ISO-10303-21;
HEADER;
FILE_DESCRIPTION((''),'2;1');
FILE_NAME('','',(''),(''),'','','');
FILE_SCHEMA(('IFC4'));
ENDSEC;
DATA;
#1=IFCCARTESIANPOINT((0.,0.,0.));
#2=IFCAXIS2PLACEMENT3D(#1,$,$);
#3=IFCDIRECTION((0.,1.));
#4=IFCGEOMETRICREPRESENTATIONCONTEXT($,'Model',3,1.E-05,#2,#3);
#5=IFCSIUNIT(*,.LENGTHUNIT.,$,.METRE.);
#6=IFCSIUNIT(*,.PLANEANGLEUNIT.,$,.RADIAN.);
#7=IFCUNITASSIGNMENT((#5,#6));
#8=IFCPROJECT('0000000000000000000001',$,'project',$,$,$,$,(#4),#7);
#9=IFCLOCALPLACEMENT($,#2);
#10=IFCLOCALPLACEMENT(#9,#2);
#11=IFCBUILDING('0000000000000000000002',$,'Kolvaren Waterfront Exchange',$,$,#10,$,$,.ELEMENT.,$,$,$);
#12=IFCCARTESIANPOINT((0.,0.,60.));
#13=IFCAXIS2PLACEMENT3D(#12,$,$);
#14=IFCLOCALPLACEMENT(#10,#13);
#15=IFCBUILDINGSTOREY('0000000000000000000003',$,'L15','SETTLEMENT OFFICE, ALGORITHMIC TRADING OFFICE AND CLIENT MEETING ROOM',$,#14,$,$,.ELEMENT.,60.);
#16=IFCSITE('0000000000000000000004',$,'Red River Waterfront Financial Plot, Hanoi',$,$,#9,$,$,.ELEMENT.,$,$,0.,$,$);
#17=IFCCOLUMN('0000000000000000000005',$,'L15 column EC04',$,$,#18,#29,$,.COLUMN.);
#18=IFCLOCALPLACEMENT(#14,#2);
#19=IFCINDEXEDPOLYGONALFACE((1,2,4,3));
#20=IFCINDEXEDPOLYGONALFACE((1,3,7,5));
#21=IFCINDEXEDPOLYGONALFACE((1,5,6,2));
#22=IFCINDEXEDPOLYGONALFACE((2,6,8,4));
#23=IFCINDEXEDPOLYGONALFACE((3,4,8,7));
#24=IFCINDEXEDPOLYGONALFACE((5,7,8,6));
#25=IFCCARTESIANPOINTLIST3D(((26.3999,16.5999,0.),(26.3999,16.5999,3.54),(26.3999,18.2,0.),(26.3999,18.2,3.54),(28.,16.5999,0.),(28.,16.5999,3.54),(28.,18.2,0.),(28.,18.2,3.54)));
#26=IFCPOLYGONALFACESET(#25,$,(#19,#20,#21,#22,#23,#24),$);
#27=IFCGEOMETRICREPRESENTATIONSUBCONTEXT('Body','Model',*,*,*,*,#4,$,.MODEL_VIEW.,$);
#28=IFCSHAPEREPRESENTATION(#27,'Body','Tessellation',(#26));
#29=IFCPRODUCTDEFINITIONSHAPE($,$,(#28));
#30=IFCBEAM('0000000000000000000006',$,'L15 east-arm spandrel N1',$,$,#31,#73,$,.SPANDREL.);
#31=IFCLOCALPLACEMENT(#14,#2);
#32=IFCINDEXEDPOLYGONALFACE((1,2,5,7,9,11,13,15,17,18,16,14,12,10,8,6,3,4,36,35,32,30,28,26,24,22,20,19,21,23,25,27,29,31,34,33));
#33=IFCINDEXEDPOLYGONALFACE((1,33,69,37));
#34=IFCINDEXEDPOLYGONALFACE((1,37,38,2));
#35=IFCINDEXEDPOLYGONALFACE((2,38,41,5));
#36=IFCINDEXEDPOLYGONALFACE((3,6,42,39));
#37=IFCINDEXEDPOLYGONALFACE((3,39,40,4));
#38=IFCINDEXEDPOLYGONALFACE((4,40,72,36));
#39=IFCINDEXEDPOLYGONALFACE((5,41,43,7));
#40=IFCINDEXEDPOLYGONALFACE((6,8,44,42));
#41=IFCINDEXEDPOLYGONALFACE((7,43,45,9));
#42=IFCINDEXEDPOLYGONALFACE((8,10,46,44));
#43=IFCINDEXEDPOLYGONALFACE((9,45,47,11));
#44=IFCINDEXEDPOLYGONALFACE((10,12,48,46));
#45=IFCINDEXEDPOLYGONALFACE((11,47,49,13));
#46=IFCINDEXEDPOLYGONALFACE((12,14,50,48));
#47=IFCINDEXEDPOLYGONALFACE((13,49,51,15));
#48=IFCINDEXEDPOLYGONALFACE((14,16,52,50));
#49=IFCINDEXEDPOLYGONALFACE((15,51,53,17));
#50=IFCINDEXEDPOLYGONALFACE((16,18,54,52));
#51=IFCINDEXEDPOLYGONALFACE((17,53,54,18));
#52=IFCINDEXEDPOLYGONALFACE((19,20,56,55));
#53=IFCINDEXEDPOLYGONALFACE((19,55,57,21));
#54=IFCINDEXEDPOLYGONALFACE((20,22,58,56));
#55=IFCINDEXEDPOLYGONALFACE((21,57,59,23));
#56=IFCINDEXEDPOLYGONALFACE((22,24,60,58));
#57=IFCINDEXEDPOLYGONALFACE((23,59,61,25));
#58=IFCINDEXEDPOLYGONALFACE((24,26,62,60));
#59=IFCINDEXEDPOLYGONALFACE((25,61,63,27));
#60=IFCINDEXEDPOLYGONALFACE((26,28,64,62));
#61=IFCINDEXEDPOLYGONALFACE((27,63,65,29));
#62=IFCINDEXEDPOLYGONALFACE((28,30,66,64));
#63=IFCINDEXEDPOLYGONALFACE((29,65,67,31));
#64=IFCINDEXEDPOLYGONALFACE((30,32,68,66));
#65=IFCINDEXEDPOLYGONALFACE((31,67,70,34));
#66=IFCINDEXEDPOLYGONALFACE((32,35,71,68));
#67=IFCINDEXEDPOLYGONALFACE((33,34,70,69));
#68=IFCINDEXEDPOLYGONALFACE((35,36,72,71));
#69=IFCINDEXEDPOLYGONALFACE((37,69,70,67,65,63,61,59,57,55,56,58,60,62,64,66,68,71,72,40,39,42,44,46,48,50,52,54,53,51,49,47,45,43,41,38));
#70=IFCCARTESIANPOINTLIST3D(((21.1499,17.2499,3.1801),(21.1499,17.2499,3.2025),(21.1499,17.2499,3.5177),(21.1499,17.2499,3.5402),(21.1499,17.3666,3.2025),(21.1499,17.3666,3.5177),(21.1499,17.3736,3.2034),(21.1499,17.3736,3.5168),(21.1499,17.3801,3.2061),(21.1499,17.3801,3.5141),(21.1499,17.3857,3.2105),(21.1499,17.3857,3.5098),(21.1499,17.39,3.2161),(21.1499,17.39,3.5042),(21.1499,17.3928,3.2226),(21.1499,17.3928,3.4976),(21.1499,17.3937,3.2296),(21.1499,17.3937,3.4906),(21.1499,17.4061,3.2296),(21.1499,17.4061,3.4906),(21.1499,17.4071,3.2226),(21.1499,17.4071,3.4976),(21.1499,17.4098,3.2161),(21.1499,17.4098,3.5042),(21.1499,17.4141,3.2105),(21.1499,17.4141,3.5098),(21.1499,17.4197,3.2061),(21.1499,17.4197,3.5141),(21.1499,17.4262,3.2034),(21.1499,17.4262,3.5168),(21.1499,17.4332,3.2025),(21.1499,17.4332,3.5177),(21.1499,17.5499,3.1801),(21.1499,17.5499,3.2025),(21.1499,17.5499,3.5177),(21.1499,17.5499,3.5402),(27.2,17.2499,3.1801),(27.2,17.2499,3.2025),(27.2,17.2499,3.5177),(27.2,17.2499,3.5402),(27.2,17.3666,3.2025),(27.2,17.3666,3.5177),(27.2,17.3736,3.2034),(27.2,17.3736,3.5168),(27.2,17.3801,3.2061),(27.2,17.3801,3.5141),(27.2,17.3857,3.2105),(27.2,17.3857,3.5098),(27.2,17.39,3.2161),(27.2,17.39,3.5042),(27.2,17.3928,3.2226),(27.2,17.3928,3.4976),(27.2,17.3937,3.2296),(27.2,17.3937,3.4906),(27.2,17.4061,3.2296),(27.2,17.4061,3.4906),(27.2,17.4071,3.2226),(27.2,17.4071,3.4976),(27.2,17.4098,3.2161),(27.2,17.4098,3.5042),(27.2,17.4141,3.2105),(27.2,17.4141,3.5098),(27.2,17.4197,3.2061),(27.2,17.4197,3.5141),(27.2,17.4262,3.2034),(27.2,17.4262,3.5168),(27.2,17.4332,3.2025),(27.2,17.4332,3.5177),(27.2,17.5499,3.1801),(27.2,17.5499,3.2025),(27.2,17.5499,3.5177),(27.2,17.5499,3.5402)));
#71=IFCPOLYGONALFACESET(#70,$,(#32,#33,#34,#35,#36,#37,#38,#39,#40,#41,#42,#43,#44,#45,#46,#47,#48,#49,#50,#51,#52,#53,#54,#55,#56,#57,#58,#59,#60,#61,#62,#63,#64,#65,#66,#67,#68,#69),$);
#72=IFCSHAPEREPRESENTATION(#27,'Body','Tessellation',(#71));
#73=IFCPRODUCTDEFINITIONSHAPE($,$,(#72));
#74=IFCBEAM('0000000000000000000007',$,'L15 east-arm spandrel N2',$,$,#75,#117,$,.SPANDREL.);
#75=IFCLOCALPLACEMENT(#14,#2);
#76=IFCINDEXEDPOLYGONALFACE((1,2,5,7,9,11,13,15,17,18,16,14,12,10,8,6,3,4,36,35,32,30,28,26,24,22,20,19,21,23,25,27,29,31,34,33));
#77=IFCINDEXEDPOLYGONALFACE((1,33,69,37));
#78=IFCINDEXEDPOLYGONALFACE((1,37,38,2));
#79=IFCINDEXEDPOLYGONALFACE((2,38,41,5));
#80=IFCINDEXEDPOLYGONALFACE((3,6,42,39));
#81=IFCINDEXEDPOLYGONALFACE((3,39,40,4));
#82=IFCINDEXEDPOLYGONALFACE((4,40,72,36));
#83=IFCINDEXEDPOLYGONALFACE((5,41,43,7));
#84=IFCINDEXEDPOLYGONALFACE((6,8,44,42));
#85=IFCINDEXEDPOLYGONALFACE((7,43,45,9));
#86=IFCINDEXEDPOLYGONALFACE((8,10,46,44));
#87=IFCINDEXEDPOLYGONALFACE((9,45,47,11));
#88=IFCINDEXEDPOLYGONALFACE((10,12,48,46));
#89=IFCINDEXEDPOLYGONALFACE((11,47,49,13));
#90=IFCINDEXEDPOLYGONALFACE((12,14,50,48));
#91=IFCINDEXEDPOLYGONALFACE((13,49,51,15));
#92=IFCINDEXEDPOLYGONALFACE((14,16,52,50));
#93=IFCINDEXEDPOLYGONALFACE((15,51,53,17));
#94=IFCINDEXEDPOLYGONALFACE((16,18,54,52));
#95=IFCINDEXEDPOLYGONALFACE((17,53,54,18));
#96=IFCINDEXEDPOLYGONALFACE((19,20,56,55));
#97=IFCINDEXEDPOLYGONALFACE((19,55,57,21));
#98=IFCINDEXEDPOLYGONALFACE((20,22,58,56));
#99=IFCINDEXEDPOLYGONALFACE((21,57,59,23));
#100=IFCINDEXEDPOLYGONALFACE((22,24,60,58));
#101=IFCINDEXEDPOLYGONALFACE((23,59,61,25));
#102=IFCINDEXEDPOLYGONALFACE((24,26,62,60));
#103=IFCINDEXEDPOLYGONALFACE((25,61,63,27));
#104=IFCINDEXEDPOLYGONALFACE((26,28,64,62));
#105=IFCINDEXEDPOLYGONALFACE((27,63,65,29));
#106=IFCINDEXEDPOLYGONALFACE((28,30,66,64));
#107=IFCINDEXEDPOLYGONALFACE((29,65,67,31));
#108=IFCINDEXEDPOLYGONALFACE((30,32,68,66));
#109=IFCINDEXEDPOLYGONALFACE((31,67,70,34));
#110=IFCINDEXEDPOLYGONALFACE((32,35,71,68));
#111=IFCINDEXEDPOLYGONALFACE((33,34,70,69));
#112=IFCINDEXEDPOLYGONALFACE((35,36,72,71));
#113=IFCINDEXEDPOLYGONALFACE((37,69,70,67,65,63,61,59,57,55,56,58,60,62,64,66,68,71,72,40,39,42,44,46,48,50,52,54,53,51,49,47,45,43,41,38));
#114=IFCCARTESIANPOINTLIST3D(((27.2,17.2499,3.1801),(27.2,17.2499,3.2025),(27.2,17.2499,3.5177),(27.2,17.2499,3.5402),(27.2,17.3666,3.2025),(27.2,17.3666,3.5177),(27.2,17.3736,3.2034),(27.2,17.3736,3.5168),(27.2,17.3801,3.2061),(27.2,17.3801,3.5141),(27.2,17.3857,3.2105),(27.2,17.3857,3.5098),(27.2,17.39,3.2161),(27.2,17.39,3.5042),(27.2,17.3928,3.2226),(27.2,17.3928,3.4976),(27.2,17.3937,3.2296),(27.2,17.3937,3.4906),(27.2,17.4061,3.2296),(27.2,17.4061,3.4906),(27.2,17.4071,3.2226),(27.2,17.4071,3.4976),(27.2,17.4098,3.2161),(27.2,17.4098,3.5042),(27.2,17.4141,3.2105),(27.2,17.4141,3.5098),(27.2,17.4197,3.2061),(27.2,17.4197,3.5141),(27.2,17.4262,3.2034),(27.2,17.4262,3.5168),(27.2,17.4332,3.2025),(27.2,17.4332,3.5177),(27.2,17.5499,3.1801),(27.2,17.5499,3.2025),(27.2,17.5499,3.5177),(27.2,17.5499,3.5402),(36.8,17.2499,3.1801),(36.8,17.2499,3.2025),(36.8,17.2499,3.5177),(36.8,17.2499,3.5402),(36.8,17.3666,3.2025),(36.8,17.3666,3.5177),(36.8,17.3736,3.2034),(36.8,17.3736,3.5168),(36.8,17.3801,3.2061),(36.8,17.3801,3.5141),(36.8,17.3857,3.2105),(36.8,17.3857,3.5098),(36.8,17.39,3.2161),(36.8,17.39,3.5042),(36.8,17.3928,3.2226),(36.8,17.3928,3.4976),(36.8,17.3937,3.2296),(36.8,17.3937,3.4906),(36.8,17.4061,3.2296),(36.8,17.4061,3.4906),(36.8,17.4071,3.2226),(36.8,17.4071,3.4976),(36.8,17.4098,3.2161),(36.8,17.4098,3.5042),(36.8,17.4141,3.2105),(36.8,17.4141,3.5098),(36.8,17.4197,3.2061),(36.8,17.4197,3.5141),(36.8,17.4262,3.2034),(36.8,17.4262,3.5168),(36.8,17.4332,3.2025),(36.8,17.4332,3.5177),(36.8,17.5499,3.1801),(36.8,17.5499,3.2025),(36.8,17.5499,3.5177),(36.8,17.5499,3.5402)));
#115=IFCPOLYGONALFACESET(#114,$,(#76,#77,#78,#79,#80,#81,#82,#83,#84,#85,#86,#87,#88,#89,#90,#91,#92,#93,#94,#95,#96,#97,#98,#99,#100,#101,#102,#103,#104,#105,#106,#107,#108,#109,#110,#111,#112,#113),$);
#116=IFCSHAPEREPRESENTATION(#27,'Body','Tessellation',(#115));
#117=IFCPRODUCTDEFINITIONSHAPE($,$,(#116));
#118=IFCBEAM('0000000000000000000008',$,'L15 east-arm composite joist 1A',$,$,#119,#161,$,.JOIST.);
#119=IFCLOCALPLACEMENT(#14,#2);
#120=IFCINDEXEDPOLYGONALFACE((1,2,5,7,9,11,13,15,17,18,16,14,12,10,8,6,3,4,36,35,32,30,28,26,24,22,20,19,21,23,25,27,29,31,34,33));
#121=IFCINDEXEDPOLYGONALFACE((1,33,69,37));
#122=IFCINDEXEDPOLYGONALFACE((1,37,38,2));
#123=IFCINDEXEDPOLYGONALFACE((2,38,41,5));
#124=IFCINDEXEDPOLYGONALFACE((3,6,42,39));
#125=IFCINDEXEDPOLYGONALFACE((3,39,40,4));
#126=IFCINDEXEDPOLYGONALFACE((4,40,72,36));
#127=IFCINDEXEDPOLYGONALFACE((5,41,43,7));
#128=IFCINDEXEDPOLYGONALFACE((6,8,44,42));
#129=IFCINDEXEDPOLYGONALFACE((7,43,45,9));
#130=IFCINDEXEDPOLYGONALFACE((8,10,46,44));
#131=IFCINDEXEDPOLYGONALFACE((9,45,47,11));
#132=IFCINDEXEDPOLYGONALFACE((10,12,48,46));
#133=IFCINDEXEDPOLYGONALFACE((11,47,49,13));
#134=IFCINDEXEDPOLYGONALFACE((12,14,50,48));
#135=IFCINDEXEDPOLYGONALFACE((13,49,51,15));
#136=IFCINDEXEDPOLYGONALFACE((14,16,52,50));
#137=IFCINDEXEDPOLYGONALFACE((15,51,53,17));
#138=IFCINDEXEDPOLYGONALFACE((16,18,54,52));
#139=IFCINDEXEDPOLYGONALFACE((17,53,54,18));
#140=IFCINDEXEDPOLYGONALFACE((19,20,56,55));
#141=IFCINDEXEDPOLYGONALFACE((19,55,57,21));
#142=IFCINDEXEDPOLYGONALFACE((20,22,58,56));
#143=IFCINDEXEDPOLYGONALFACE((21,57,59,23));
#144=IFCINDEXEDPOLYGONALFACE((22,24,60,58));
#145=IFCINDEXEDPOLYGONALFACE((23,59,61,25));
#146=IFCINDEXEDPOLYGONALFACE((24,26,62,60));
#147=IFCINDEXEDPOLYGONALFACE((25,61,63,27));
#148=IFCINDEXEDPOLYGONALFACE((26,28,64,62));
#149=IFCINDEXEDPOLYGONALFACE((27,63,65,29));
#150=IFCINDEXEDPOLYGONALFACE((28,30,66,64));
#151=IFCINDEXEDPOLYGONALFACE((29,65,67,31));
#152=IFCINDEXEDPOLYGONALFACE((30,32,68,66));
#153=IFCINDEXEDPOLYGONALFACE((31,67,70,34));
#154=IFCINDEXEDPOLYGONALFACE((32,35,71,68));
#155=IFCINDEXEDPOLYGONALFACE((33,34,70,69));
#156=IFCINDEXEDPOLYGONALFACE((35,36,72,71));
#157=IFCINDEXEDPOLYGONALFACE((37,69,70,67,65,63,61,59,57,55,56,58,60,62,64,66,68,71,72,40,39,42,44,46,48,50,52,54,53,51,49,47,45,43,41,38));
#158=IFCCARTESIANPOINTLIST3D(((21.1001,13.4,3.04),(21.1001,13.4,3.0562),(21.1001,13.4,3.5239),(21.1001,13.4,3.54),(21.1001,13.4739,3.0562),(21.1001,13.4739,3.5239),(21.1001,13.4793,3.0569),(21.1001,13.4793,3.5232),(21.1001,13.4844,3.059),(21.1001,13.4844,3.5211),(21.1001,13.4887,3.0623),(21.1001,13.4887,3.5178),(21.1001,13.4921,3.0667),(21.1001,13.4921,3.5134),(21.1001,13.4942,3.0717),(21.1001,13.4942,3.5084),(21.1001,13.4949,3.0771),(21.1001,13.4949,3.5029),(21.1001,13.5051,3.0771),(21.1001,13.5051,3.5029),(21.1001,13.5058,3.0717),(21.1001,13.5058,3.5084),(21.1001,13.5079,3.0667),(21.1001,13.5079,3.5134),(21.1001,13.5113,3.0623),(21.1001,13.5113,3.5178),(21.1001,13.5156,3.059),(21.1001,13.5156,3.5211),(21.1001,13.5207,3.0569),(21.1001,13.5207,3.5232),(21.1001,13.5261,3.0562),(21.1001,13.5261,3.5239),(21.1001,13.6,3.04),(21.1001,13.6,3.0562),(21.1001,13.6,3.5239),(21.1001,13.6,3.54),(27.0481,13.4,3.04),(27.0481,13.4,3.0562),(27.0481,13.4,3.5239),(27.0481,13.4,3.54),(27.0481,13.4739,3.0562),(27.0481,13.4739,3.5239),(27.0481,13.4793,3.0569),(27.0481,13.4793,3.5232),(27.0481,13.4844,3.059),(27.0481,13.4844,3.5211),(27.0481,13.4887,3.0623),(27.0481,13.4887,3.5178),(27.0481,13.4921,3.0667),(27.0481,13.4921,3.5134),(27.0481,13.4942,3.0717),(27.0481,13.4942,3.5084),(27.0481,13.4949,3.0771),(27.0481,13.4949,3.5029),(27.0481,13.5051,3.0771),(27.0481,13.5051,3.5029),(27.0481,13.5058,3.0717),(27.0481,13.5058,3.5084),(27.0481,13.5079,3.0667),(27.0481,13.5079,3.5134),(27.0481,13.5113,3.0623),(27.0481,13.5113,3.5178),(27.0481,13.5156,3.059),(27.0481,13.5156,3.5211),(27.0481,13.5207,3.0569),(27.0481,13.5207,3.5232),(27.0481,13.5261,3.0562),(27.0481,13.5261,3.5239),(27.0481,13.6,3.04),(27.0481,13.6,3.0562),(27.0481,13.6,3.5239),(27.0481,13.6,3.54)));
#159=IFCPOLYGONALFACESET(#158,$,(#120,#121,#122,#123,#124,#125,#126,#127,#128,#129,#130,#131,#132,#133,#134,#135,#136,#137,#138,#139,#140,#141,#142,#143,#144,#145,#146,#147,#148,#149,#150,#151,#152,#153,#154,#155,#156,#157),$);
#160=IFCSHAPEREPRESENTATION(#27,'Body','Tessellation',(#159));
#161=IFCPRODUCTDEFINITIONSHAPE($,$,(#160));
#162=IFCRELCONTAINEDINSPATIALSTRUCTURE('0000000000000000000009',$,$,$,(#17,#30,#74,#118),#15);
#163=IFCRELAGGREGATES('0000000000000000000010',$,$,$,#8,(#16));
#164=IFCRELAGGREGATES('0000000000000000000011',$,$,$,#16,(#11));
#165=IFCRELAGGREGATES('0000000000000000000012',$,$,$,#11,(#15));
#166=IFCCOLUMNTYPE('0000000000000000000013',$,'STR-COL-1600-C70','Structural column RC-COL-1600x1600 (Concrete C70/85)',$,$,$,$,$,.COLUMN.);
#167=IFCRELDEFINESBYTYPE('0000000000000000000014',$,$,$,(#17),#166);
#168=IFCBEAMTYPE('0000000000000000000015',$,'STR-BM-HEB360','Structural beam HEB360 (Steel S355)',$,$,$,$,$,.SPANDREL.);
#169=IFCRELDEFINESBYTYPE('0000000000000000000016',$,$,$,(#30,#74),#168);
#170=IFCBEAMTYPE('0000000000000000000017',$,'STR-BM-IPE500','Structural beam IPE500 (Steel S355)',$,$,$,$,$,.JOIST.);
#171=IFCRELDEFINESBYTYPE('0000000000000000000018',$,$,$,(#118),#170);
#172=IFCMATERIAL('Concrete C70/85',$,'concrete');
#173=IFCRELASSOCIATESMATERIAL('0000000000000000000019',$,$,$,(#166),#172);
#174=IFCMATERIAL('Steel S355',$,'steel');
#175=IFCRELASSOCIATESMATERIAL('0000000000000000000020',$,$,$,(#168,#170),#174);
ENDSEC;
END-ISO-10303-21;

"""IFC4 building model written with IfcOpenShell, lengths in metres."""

from ifc_helpers import new_model, si_unit, direction, frame, origin, origin_2d, place, context, subcontext, project, spatial, rectangle, i_section, extrude, material, material_profile, profile_set, type_object, element, save


model = new_model("IFC4")

# Units and contexts
model_context = context("Model", 3, precision=1e-05, world=origin(), true_north=direction((0.0, 1.0)))
body_context = subcontext(model_context, "Body", "Model", "MODEL_VIEW")
ifc_project = project(units=[si_unit("LENGTHUNIT", "METRE"), si_unit("PLANEANGLEUNIT", "RADIAN")], contexts=[model_context])

# Site, building, storey
site_placement = place(None, origin())
site = spatial("IfcSite", under=ifc_project, at=site_placement, Name="Red River Waterfront Financial Plot, Hanoi", CompositionType="ELEMENT", RefElevation=0.0)
building_placement = place(site_placement, origin())
building = spatial("IfcBuilding", under=site, at=building_placement, Name="Kolvaren Waterfront Exchange", CompositionType="ELEMENT")
storey_placement = place(building_placement, frame((0.0, 0.0, 60.0)))
storey = spatial("IfcBuildingStorey", under=building, at=storey_placement, Name="L15", Description="SETTLEMENT OFFICE, ALGORITHMIC TRADING OFFICE AND CLIENT MEETING ROOM", CompositionType="ELEMENT", Elevation=60.0)

# Column
ifc_material_1 = material(Name="Concrete C70/85", Category="concrete")
ifc_material_profile_1 = material_profile(ifc_material_1, rectangle(XDim=1.6001, YDim=1.6001, at=origin_2d()), Name="RC-COL-1600x1600")
ifc_profile_set_1 = profile_set([ifc_material_profile_1], Name="Concrete C70/85")
column_type = type_object("IfcColumnType", Name="STR-COL-1600-C70", Description="Structural column RC-COL-1600x1600 (Concrete C70/85)", PredefinedType="COLUMN", material=ifc_profile_set_1)
column_placement = place(storey_placement, frame((27.2, 17.3999, 0.0), z_axis=(0.0, 0.0, 1.0), x_axis=(1.0, 0.0, 0.0)))
element("IfcColumn", 1, at=column_placement, inside=storey, type_object=column_type, Name="L15 column EC04", PredefinedType="COLUMN", context=body_context, shape_type="SweptSolid", body=[
    extrude(rectangle(XDim=1.6001, YDim=1.6001, at=origin_2d()), origin(), (0.0, 0.0, 1.0), 3.54),
])

# Beams
ifc_material_2 = material(Name="Steel S355", Category="steel")
ifc_material_profile_2 = material_profile(ifc_material_2, i_section(OverallWidth=0.3, OverallDepth=0.3601, WebThickness=0.0125, FlangeThickness=0.0225, FilletRadius=0.0271, at=origin_2d()), Name="HEB360")
ifc_profile_set_2 = profile_set([ifc_material_profile_2], Name="Steel S355")
beam_type_1 = type_object("IfcBeamType", Name="STR-BM-HEB360", Description="Structural beam HEB360 (Steel S355)", PredefinedType="SPANDREL", material=ifc_profile_set_2)
beam_1_placement = place(storey_placement, frame((21.1499, 17.3999, 3.3601), z_axis=(1.0, 0.0, 0.0), x_axis=(0.0, 1.0, 0.0)))
element("IfcBeam", 2, at=beam_1_placement, inside=storey, type_object=beam_type_1, Name="L15 east-arm spandrel N1", PredefinedType="SPANDREL", context=body_context, shape_type="SweptSolid", body=[
    extrude(i_section(OverallWidth=0.3, OverallDepth=0.3601, WebThickness=0.0125, FlangeThickness=0.0225, FilletRadius=0.0271, at=origin_2d()), origin(), (0.0, 0.0, 1.0), 6.05),
])
beam_2_placement = place(storey_placement, frame((27.2, 17.3999, 3.3601), z_axis=(1.0, 0.0, 0.0), x_axis=(0.0, 1.0, 0.0)))
element("IfcBeam", 3, at=beam_2_placement, inside=storey, type_object=beam_type_1, Name="L15 east-arm spandrel N2", PredefinedType="SPANDREL", context=body_context, shape_type="SweptSolid", body=[
    extrude(i_section(OverallWidth=0.3, OverallDepth=0.3601, WebThickness=0.0125, FlangeThickness=0.0225, FilletRadius=0.0271, at=origin_2d()), origin(), (0.0, 0.0, 1.0), 9.6001),
])
ifc_material_profile_3 = material_profile(ifc_material_2, i_section(OverallWidth=0.2, OverallDepth=0.5, WebThickness=0.0103, FlangeThickness=0.0161, FilletRadius=0.021, at=origin_2d()), Name="IPE500")
ifc_profile_set_3 = profile_set([ifc_material_profile_3], Name="Steel S355")
beam_type_2 = type_object("IfcBeamType", Name="STR-BM-IPE500", Description="Structural beam IPE500 (Steel S355)", PredefinedType="JOIST", material=ifc_profile_set_3)
for number, where, z_axis, x_axis, name in (
    (4, (21.1001, 13.5, 3.29), (1.0, 0.0, 0.0), (0.0, 1.0, 0.0), "L15 east-arm composite joist 1A"),
):
    element("IfcBeam", number, at=place(storey_placement, frame(where, z_axis=z_axis, x_axis=x_axis)), inside=storey, type_object=beam_type_2, Name=name, PredefinedType="JOIST", context=body_context, shape_type="SweptSolid", body=[
        extrude(i_section(OverallWidth=0.2, OverallDepth=0.5, WebThickness=0.0103, FlangeThickness=0.0161, FilletRadius=0.021, at=origin_2d()), origin(), (0.0, 0.0, 1.0), 5.948),
    ])

save(model, "model.ifc")
